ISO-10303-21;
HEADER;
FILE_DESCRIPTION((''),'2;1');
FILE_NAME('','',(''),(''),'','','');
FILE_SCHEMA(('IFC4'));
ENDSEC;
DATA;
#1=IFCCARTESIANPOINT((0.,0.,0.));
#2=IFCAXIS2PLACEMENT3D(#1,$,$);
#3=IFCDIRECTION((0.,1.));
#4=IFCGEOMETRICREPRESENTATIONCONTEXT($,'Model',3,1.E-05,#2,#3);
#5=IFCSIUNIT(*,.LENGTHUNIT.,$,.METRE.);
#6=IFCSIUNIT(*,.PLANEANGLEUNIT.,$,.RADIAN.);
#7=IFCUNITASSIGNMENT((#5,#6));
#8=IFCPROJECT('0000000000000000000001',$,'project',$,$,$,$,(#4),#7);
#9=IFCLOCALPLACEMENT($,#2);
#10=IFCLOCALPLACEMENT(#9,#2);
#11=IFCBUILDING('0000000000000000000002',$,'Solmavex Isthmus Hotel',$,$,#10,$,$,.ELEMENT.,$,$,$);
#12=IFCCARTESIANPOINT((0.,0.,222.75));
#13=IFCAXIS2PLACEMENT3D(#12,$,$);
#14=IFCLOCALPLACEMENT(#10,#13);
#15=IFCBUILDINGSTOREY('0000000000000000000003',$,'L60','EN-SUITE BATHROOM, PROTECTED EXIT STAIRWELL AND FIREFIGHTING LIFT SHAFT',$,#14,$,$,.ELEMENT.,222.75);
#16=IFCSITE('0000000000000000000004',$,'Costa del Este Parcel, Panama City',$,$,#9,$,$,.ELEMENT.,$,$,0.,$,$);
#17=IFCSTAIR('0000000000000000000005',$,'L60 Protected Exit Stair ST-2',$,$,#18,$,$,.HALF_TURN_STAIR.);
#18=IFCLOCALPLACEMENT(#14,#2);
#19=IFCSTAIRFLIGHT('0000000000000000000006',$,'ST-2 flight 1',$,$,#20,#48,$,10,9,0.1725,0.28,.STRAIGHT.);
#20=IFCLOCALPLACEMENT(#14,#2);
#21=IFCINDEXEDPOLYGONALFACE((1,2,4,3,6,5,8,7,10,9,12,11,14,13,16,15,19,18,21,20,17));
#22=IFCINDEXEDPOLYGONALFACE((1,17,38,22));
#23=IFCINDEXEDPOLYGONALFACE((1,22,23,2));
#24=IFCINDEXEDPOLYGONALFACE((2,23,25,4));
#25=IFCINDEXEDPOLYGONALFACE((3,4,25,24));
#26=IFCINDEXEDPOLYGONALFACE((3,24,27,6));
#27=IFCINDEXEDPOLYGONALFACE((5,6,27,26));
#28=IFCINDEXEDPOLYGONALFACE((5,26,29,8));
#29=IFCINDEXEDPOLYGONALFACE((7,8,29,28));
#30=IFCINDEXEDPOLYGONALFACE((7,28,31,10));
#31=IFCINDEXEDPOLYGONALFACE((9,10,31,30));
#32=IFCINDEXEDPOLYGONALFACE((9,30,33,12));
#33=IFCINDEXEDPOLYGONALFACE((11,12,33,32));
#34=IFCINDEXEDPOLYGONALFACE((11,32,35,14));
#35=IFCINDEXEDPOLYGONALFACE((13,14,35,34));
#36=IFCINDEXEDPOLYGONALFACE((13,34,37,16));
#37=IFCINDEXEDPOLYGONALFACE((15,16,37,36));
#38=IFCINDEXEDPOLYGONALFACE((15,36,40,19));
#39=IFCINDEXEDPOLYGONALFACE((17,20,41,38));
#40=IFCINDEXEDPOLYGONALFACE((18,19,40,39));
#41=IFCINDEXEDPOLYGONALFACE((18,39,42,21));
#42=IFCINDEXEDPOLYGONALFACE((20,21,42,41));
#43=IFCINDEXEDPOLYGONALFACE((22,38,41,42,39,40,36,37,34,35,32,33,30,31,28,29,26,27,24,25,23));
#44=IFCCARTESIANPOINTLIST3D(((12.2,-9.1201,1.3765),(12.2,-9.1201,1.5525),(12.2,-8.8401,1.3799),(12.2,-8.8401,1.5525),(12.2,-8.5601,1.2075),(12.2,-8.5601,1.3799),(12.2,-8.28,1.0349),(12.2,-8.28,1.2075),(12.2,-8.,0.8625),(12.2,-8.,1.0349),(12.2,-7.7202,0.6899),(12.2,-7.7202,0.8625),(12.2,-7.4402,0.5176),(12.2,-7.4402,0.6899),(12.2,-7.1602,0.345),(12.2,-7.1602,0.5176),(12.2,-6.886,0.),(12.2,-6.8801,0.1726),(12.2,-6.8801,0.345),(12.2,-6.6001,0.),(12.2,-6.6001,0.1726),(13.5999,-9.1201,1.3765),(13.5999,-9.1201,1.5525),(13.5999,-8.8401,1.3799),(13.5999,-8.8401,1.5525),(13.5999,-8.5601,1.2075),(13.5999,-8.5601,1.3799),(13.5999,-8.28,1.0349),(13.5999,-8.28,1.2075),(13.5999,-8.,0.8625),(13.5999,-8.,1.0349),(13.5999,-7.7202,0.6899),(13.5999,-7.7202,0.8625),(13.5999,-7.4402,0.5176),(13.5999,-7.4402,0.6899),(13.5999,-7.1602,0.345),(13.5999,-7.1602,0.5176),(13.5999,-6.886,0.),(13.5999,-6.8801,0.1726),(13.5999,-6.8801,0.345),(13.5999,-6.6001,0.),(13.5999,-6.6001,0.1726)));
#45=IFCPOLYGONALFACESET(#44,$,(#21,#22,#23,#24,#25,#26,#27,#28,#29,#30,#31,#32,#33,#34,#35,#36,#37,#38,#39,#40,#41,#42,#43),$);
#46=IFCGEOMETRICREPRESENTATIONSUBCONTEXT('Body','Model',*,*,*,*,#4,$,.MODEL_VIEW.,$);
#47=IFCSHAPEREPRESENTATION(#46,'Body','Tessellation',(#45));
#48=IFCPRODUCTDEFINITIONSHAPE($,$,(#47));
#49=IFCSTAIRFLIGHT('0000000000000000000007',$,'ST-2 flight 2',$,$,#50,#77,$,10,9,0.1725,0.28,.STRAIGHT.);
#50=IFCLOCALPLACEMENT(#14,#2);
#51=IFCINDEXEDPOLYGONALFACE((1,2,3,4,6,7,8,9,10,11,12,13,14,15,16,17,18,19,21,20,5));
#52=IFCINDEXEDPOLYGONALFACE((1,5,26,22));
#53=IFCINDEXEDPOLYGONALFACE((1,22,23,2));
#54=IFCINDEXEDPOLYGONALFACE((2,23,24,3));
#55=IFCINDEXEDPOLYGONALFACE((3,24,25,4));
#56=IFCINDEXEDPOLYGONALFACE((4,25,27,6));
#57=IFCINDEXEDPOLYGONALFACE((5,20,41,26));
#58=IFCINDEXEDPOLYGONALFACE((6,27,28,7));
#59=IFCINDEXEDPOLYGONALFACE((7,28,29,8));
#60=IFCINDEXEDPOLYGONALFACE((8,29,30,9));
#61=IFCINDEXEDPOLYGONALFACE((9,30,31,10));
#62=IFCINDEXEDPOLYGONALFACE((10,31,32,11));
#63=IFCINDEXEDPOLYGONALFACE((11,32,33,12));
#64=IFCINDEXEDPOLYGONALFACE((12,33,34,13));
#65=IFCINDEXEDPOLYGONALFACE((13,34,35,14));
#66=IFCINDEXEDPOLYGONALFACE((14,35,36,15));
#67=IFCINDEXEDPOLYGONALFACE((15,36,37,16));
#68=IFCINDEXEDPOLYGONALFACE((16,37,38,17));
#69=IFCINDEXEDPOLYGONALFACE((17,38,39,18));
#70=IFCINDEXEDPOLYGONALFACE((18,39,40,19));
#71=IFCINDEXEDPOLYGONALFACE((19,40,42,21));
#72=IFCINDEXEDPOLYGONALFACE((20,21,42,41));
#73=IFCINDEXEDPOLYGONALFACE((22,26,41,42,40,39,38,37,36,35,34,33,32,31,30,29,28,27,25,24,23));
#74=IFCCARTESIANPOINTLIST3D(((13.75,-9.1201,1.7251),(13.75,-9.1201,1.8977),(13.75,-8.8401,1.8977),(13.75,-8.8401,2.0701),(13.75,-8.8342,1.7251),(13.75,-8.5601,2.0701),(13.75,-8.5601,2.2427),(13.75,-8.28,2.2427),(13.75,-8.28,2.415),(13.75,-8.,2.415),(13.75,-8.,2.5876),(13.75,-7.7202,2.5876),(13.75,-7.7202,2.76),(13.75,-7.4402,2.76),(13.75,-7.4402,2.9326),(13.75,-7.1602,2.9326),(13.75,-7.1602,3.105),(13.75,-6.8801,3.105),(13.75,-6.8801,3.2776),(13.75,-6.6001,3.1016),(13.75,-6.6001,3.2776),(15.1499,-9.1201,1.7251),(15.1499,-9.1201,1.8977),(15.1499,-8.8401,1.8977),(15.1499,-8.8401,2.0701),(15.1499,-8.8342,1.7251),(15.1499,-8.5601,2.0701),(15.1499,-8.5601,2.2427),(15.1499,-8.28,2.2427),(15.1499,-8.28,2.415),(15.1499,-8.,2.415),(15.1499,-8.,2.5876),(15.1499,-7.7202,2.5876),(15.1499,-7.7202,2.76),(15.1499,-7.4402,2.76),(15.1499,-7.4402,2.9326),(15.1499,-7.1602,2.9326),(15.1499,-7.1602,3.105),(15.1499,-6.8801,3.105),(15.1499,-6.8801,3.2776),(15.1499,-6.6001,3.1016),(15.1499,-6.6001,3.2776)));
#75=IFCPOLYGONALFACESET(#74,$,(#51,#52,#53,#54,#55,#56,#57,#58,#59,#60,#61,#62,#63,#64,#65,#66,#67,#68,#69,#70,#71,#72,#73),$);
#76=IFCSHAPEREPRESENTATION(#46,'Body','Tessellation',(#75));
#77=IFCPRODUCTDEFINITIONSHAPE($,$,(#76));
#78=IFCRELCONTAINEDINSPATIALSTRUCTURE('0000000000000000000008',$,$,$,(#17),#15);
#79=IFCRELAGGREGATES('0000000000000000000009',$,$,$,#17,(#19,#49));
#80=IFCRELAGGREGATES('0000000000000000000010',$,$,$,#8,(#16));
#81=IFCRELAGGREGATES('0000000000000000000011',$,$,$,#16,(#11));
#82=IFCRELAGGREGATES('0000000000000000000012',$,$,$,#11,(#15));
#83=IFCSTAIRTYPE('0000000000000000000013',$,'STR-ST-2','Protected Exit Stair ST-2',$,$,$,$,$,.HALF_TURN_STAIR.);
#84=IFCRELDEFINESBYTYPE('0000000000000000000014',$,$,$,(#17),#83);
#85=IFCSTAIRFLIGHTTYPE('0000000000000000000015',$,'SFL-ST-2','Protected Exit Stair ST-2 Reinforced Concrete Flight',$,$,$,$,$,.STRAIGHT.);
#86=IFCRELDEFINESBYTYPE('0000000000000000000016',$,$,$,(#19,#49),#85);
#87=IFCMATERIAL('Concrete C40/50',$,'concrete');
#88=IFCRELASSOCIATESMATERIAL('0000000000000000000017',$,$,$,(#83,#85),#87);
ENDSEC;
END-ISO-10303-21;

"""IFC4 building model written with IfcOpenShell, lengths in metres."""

from ifc_helpers import new_model, si_unit, direction, frame, origin, place, context, subcontext, project, spatial, polyline, outline, extrude, material, type_object, element, aggregate, save


model = new_model("IFC4")

# Units and contexts
model_context = context("Model", 3, precision=1e-05, world=origin(), true_north=direction((0.0, 1.0)))
body_context = subcontext(model_context, "Body", "Model", "MODEL_VIEW")
ifc_project = project(units=[si_unit("LENGTHUNIT", "METRE"), si_unit("PLANEANGLEUNIT", "RADIAN")], contexts=[model_context])

# Site, building, storey
site_placement = place(None, origin())
site = spatial("IfcSite", under=ifc_project, at=site_placement, Name="Costa del Este Parcel, Panama City", CompositionType="ELEMENT", RefElevation=0.0)
building_placement = place(site_placement, origin())
building = spatial("IfcBuilding", under=site, at=building_placement, Name="Solmavex Isthmus Hotel", CompositionType="ELEMENT")
storey_placement = place(building_placement, frame((0.0, 0.0, 222.75)))
storey = spatial("IfcBuildingStorey", under=building, at=storey_placement, Name="L60", Description="EN-SUITE BATHROOM, PROTECTED EXIT STAIRWELL AND FIREFIGHTING LIFT SHAFT", CompositionType="ELEMENT", Elevation=222.75)

# Shared definitions
ifc_material_1 = material(Name="Concrete C40/50", Category="concrete")

# Stair, stair flights
stair_type = type_object("IfcStairType", Name="STR-ST-2", Description="Protected Exit Stair ST-2", PredefinedType="HALF_TURN_STAIR", material=ifc_material_1)
stair_placement = place(storey_placement, origin())
stair = element("IfcStair", 1, at=stair_placement, inside=storey, type_object=stair_type, Name="L60 Protected Exit Stair ST-2", PredefinedType="HALF_TURN_STAIR")
stair_flight_type = type_object("IfcStairFlightType", Name="SFL-ST-2", Description="Protected Exit Stair ST-2 Reinforced Concrete Flight", PredefinedType="STRAIGHT", material=ifc_material_1)
stair_flight_1_placement = place(storey_placement, frame((12.8999, -6.6001, 0.0), z_axis=(0.0, 0.0, 1.0), x_axis=(0.0, -1.0, 0.0)))
stair_flight_1 = element("IfcStairFlight", 2, at=stair_flight_1_placement, type_object=stair_flight_type, Name="ST-2 flight 1", NumberOfRisers=10, NumberOfTreads=9, PredefinedType="STRAIGHT", RiserHeight=0.1725, TreadLength=0.28, context=body_context, shape_type="SweptSolid", body=[
    extrude(outline(polyline([(0.0, 0.0), (0.0, 0.1726), (0.28, 0.1726), (0.28, 0.345), (0.5601, 0.345), (0.5601, 0.5176), (0.8401, 0.5176), (0.8401, 0.6899), (1.1201, 0.6899), (1.1201, 0.8625), (1.3999, 0.8625), (1.3999, 1.0349), (1.6799, 1.0349), (1.6799, 1.2075), (1.96, 1.2075), (1.96, 1.3799), (2.24, 1.3799), (2.24, 1.5525), (2.52, 1.5525), (2.52, 1.7251), (2.52, 1.3765), (0.2859, 0.0), (0.0, 0.0)])), frame((0.0, 0.7, 0.0), z_axis=(0.0, -1.0, 0.0), x_axis=(1.0, 0.0, 0.0)), (0.0, 0.0, 1.0), 1.3999),
])
stair_flight_2_placement = place(storey_placement, frame((14.45, -9.1201, 1.7251), z_axis=(0.0, 0.0, 1.0), x_axis=(0.0, 1.0, 0.0)))
stair_flight_2 = element("IfcStairFlight", 3, at=stair_flight_2_placement, type_object=stair_flight_type, Name="ST-2 flight 2", NumberOfRisers=10, NumberOfTreads=9, PredefinedType="STRAIGHT", RiserHeight=0.1725, TreadLength=0.28, context=body_context, shape_type="SweptSolid", body=[
    extrude(outline(polyline([(0.0, 0.0), (0.0, 0.1726), (0.28, 0.1726), (0.28, 0.345), (0.5601, 0.345), (0.5601, 0.5176), (0.8401, 0.5176), (0.8401, 0.6899), (1.1201, 0.6899), (1.1201, 0.8625), (1.3999, 0.8625), (1.3999, 1.0349), (1.6799, 1.0349), (1.6799, 1.2075), (1.96, 1.2075), (1.96, 1.3799), (2.24, 1.3799), (2.24, 1.5525), (2.52, 1.5525), (2.52, 1.7251), (2.52, 1.3765), (0.2859, 0.0), (0.0, 0.0)])), frame((0.0, 0.7, 0.0), z_axis=(0.0, -1.0, 0.0), x_axis=(1.0, 0.0, 0.0)), (0.0, 0.0, 1.0), 1.3999),
])
aggregate(stair, [stair_flight_1, stair_flight_2])

save(model, "model.ifc")
